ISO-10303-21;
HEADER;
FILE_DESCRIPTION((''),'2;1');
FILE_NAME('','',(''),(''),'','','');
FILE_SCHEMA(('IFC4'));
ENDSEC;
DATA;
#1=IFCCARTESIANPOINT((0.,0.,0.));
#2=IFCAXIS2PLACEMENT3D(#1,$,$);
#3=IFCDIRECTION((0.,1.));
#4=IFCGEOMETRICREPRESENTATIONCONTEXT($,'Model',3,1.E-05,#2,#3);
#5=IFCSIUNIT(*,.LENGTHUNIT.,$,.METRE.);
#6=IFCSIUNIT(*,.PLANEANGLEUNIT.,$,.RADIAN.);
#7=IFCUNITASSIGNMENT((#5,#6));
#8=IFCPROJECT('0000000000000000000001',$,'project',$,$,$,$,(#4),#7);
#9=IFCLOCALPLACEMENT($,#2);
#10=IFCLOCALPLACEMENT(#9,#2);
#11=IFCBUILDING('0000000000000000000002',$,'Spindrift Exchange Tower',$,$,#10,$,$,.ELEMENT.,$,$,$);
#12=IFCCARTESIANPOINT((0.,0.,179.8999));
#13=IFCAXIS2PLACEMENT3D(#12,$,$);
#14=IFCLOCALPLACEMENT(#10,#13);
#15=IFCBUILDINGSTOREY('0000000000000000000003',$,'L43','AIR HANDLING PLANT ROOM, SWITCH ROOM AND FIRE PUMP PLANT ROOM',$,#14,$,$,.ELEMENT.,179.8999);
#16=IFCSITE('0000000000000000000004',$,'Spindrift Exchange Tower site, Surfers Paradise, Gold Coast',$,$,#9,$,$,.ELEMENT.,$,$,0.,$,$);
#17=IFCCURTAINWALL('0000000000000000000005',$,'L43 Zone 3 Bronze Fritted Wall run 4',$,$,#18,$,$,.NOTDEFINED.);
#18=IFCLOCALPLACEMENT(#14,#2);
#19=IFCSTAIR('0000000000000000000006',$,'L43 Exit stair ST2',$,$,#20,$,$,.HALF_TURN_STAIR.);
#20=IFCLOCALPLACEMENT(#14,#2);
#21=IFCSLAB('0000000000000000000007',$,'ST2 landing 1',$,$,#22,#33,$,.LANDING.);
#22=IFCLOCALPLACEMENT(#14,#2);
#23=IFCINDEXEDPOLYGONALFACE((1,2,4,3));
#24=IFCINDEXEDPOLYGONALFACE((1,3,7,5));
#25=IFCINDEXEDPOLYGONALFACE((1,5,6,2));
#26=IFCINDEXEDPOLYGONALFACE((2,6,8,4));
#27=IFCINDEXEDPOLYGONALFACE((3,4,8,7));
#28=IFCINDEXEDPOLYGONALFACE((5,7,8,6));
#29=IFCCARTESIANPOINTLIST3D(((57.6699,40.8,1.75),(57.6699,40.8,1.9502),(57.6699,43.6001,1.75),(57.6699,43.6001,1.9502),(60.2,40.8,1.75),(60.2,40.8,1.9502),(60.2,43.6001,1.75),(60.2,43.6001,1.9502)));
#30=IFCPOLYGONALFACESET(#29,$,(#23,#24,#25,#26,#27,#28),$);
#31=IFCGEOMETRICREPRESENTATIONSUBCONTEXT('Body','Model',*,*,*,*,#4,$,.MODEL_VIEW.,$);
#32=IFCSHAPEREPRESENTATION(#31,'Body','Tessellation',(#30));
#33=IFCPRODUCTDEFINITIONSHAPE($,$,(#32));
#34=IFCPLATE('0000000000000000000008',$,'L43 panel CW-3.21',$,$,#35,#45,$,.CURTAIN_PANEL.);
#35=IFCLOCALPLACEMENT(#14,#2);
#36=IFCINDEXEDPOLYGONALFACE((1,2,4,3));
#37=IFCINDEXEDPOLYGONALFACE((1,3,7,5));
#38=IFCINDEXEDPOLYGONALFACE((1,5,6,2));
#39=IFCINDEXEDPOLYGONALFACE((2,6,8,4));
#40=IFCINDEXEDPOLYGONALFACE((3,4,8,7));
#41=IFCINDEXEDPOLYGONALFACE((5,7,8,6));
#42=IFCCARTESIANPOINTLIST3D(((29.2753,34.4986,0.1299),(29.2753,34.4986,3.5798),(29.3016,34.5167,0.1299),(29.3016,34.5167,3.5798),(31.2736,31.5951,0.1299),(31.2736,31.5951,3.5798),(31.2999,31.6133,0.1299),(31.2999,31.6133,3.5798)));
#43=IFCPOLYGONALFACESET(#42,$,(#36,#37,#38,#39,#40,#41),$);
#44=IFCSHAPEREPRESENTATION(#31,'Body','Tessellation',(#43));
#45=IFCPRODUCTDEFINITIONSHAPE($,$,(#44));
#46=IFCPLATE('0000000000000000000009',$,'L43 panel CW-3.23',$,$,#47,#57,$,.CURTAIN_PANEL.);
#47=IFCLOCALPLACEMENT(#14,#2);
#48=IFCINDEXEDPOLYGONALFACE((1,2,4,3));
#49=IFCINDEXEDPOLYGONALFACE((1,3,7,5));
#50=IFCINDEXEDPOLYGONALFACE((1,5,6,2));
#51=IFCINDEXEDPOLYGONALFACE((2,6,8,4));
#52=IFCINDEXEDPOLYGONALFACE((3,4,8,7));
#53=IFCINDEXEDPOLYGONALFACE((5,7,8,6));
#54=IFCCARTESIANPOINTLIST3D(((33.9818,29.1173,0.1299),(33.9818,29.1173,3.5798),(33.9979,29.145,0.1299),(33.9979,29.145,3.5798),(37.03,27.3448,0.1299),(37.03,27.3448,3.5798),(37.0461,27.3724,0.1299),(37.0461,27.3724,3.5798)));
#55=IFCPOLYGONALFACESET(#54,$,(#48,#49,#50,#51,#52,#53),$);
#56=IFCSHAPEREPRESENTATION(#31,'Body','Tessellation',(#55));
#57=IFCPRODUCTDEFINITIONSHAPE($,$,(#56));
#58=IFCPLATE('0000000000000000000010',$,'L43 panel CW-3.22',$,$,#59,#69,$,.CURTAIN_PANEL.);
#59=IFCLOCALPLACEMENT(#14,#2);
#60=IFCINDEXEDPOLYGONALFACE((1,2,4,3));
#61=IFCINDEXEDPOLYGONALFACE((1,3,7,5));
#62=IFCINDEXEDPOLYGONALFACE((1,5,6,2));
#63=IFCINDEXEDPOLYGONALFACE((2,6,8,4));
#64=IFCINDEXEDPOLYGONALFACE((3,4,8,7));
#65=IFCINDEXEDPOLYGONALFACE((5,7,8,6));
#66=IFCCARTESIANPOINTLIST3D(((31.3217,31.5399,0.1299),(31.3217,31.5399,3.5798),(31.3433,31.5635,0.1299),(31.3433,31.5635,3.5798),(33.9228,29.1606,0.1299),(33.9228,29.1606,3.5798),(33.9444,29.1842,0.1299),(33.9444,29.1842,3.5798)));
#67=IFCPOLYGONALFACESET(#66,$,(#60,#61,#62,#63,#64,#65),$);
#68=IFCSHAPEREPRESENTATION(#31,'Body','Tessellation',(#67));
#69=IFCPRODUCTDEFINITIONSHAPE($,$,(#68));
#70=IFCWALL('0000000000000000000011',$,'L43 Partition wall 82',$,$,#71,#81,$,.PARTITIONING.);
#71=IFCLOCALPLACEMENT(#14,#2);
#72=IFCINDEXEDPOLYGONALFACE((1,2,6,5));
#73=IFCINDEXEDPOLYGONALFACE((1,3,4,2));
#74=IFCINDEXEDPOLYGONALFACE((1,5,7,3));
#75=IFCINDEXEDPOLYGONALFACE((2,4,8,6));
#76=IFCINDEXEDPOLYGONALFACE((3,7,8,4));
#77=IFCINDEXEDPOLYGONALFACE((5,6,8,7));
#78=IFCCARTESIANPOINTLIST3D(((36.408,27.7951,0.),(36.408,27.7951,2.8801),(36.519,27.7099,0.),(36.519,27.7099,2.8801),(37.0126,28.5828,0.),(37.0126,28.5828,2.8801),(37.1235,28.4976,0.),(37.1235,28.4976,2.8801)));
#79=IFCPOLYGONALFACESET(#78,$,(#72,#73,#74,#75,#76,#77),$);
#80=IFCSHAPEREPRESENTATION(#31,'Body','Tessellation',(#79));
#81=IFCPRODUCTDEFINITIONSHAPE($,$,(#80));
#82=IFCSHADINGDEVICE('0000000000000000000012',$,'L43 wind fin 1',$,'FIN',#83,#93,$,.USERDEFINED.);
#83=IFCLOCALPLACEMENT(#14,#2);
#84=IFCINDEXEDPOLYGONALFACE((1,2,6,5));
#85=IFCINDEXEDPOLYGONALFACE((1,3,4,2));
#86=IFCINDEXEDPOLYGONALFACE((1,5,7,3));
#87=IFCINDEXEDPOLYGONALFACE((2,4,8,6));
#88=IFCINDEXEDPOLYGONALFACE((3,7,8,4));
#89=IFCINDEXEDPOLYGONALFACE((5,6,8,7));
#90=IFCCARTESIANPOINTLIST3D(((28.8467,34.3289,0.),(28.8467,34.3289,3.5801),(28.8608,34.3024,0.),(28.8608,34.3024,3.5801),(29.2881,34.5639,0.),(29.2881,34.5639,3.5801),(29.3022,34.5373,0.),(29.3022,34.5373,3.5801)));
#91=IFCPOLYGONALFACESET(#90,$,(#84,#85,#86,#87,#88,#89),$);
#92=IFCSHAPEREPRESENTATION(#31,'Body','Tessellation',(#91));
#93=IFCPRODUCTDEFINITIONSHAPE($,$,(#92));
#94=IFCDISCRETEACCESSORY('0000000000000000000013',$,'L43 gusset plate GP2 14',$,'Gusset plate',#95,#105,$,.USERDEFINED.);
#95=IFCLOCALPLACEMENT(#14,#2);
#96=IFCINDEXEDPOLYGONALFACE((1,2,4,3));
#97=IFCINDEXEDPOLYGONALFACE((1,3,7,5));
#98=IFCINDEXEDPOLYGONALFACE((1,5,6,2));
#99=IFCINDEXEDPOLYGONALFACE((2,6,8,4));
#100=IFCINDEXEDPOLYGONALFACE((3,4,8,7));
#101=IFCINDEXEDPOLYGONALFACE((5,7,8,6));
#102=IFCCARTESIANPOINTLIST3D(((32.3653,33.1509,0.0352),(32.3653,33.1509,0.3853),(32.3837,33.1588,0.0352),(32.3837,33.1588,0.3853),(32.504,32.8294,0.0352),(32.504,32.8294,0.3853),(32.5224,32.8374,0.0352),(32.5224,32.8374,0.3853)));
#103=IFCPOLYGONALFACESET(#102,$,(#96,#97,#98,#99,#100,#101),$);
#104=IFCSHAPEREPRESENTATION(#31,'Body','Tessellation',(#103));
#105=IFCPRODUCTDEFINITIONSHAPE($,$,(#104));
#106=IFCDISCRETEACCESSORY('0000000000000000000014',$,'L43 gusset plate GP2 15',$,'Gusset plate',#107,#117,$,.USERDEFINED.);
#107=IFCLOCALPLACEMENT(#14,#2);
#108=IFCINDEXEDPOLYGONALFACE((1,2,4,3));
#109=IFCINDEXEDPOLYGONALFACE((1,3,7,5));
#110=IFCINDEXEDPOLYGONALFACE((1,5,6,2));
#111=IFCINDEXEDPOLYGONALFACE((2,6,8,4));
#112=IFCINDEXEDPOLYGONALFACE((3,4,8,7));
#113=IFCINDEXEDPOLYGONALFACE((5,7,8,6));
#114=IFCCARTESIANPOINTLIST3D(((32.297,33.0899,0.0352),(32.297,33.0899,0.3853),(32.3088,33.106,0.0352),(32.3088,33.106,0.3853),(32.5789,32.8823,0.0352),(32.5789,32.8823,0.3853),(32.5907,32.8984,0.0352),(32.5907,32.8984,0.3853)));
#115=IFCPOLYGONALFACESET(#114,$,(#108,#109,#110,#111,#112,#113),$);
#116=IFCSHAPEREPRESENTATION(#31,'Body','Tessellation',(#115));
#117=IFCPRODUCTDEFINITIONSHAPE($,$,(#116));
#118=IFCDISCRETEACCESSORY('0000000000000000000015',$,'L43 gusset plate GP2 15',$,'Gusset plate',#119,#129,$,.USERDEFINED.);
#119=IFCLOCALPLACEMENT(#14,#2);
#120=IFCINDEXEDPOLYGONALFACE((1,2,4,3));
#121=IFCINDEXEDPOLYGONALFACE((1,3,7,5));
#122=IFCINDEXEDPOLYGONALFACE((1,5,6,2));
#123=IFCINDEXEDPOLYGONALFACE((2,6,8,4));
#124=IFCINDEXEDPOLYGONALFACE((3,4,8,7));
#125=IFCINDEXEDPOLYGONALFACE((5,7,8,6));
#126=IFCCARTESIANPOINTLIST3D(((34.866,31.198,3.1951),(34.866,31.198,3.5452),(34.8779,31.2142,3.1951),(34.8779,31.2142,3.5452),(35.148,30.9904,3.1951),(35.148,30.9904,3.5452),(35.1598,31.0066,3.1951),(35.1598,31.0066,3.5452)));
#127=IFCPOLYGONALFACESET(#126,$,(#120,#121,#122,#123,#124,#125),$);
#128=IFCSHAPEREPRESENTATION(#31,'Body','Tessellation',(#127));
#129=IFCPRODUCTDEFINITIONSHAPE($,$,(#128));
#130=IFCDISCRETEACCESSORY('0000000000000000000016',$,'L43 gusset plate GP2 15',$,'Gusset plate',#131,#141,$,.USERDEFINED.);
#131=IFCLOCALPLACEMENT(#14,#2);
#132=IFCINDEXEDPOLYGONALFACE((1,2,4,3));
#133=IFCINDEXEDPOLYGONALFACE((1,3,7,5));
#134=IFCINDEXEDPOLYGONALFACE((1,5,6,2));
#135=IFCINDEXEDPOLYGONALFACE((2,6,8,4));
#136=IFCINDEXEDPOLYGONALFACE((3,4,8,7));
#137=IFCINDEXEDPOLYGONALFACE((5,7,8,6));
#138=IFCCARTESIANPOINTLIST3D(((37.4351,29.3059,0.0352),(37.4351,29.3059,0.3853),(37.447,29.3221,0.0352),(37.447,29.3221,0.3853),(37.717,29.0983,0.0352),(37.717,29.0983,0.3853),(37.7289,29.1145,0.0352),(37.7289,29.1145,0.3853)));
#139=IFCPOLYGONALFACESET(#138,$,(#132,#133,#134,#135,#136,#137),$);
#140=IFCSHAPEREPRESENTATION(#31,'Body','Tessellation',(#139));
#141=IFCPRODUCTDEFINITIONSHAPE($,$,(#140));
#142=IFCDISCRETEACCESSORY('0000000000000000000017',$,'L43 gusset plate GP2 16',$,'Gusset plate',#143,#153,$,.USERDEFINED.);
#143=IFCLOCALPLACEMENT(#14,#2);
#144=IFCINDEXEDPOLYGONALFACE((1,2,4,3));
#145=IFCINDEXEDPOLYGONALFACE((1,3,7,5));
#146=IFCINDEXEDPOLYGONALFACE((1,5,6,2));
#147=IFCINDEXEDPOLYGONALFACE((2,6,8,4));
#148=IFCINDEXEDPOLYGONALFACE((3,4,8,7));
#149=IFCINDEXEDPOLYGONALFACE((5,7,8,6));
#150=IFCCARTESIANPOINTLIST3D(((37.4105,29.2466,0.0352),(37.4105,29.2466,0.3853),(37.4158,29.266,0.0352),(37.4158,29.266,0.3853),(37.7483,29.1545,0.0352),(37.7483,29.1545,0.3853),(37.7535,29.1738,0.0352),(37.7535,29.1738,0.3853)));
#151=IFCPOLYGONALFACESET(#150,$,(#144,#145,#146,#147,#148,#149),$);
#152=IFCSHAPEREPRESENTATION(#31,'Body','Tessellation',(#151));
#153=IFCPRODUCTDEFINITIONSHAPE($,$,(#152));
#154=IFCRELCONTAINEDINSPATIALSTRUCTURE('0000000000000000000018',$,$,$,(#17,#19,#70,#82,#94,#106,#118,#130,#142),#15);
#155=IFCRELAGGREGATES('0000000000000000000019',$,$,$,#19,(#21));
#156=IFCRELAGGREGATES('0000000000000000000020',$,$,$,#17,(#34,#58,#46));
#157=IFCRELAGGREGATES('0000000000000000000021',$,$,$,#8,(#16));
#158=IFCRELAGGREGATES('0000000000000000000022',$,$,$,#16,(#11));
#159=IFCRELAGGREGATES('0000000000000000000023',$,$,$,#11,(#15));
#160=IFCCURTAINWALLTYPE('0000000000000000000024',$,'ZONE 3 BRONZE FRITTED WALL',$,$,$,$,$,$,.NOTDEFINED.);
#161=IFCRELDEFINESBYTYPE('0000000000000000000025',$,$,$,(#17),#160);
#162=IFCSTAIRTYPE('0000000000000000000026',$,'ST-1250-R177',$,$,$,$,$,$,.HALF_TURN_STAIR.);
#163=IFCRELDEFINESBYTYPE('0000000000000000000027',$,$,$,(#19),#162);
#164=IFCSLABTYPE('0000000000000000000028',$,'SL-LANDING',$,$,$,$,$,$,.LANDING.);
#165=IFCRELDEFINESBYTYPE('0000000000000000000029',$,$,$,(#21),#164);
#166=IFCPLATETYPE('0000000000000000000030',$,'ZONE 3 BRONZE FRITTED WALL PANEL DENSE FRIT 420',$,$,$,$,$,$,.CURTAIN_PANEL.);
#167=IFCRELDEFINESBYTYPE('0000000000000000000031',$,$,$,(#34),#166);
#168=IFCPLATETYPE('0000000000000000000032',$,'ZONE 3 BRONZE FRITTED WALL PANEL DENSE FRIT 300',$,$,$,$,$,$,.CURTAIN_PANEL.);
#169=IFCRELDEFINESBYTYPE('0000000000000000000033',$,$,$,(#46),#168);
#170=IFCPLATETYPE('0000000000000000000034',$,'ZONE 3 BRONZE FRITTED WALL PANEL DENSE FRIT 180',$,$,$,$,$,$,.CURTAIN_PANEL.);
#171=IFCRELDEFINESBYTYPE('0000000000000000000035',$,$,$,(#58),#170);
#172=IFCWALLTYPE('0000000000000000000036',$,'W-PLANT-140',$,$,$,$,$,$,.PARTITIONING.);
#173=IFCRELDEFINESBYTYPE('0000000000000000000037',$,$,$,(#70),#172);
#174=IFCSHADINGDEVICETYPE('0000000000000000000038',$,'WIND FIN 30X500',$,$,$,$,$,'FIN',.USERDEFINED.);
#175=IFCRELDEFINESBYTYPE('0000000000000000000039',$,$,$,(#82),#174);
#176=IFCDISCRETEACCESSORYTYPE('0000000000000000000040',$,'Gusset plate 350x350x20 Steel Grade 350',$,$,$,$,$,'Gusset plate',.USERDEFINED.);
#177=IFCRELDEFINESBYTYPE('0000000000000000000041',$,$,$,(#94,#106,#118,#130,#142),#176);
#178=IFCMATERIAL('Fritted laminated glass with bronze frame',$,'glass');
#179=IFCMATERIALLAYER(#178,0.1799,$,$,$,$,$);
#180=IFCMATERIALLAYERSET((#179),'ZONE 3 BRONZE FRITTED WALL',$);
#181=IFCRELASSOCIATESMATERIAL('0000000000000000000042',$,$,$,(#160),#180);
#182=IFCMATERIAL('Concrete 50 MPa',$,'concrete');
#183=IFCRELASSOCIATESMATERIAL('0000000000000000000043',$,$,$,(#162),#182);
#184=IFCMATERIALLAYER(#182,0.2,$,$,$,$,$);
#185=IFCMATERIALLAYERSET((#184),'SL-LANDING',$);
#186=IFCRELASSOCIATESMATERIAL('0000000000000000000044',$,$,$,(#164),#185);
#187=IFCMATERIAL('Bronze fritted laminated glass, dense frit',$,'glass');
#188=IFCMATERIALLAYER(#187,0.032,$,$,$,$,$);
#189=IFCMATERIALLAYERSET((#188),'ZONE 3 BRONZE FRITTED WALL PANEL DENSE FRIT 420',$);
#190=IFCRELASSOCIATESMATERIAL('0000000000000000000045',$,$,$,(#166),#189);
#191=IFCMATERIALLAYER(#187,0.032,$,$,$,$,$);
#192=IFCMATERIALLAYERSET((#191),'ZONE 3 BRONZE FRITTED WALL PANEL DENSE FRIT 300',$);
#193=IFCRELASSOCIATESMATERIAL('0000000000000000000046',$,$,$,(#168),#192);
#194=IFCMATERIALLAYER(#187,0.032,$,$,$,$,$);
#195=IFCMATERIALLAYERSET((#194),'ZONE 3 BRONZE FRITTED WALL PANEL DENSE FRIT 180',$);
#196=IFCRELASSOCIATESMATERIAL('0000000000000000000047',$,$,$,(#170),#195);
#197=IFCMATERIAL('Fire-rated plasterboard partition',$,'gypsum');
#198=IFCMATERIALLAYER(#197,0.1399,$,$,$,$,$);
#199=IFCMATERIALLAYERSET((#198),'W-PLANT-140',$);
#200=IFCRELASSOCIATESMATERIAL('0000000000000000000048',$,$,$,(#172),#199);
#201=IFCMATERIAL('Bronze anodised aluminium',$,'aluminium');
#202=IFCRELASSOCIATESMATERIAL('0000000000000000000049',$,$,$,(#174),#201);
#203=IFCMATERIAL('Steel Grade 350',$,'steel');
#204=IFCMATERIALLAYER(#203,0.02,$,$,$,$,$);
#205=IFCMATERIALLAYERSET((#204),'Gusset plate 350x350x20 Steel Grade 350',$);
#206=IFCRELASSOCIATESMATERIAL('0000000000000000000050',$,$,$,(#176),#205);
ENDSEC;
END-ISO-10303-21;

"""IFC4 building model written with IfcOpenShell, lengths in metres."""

from ifc_helpers import new_model, si_unit, direction, frame, frame_2d, origin, origin_2d, place, context, subcontext, project, spatial, line, indexed_curve, rectangle, outline, extrude, source, transform, mapped, material, layer, layer_set, material_profile, profile_set, type_object, element, aggregate, save


model = new_model("IFC4")

# Units and contexts
model_context = context("Model", 3, precision=1e-05, world=origin(), true_north=direction((0.0, 1.0)))
body_context = subcontext(model_context, "Body", "Model", "MODEL_VIEW")
ifc_project = project(units=[si_unit("LENGTHUNIT", "METRE"), si_unit("PLANEANGLEUNIT", "RADIAN")], contexts=[model_context])

# Site, building, storey
site_placement = place(None, origin())
site = spatial("IfcSite", under=ifc_project, at=site_placement, Name="Spindrift Exchange Tower site, Surfers Paradise, Gold Coast", CompositionType="ELEMENT", RefElevation=0.0)
building_placement = place(site_placement, origin())
building = spatial("IfcBuilding", under=site, at=building_placement, Name="Spindrift Exchange Tower", CompositionType="ELEMENT")
storey_placement = place(building_placement, frame((0.0, 0.0, 179.8999)))
storey = spatial("IfcBuildingStorey", under=building, at=storey_placement, Name="L43", Description="AIR HANDLING PLANT ROOM, SWITCH ROOM AND FIRE PUMP PLANT ROOM", CompositionType="ELEMENT", Elevation=179.8999)

# Shared definitions
ifc_material_1 = material(Name="Concrete 50 MPa", Category="concrete")

# Shared definitions
ifc_material_2 = material(Name="Steel Grade 350", Category="steel")

# Curtain wall
ifc_material_3 = material(Name="Fritted laminated glass with bronze frame", Category="glass")
ifc_layer_1 = layer(ifc_material_3, 0.1799)
ifc_layer_set_1 = layer_set([ifc_layer_1], Name="ZONE 3 BRONZE FRITTED WALL")
curtain_wall_type = type_object("IfcCurtainWallType", Name="ZONE 3 BRONZE FRITTED WALL", PredefinedType="NOTDEFINED", material=ifc_layer_set_1)
curtain_wall_placement = place(storey_placement, origin())
curtain_wall = element("IfcCurtainWall", 1, at=curtain_wall_placement, inside=storey, type_object=curtain_wall_type, Name="L43 Zone 3 Bronze Fritted Wall run 4", PredefinedType="NOTDEFINED")
ifc_material_4 = material(Name="Bronze anodised aluminium", Category="aluminium")

# Stair, slab
stair_type = type_object("IfcStairType", Name="ST-1250-R177", PredefinedType="HALF_TURN_STAIR", material=ifc_material_1)
ifc_layer_2 = layer(ifc_material_1, 0.2)
ifc_layer_set_2 = layer_set([ifc_layer_2], Name="SL-LANDING")
slab_type_1 = type_object("IfcSlabType", Name="SL-LANDING", PredefinedType="LANDING", material=ifc_layer_set_2)
stair_1_placement = place(storey_placement, origin())
stair_1 = element("IfcStair", 2, at=stair_1_placement, inside=storey, type_object=stair_type, Name="L43 Exit stair ST2", PredefinedType="HALF_TURN_STAIR")
slab_1_placement = place(storey_placement, frame((0.0, 0.0, 1.75)))
slab_1 = element("IfcSlab", 3, at=slab_1_placement, type_object=slab_type_1, Name="ST2 landing 1", PredefinedType="LANDING", context=body_context, shape_type="SweptSolid", body=[
    extrude(outline(indexed_curve([(57.6699, 43.6001), (60.2, 43.6001), (60.2, 40.8), (57.6699, 40.8)], segments=[line(1, 2, 3, 4, 1)], self_intersect=False)), origin(), (0.0, 0.0, 1.0), 0.2002),
])
aggregate(stair_1, [slab_1])

# Plates
ifc_material_5 = material(Name="Bronze fritted laminated glass, dense frit", Category="glass")
ifc_layer_3 = layer(ifc_material_5, 0.032)
ifc_layer_set_3 = layer_set([ifc_layer_3], Name="ZONE 3 BRONZE FRITTED WALL PANEL DENSE FRIT 420")
plate_type_1 = type_object("IfcPlateType", Name="ZONE 3 BRONZE FRITTED WALL PANEL DENSE FRIT 420", PredefinedType="CURTAIN_PANEL", material=ifc_layer_set_3)
shared_shape_1 = source(origin(), body_context, "Body", "SweptSolid", [
    extrude(rectangle(XDim=3.5247, YDim=0.032, at=origin_2d()), origin(), (0.0, 0.0, 1.0), 3.45),
])
plate_1_placement = place(storey_placement, frame((30.2876, 33.0559, 0.1299), z_axis=(0.0, 0.0, 1.0), x_axis=(0.566953, -0.82375, 0.0)))
plate_1 = element("IfcPlate", 4, at=plate_1_placement, type_object=plate_type_1, Name="L43 panel CW-3.21", PredefinedType="CURTAIN_PANEL", context=body_context, shape_type="MappedRepresentation", body=[
    mapped(shared_shape_1, transform((0.0, 0.0, 0.0), scale=1.0)),
])
ifc_layer_4 = layer(ifc_material_5, 0.032)
ifc_layer_set_4 = layer_set([ifc_layer_4], Name="ZONE 3 BRONZE FRITTED WALL PANEL DENSE FRIT 300")
plate_type_2 = type_object("IfcPlateType", Name="ZONE 3 BRONZE FRITTED WALL PANEL DENSE FRIT 300", PredefinedType="CURTAIN_PANEL", material=ifc_layer_set_4)
shared_shape_2 = source(origin(), body_context, "Body", "SweptSolid", [
    extrude(rectangle(XDim=3.5261, YDim=0.032, at=origin_2d()), origin(), (0.0, 0.0, 1.0), 3.45),
])
plate_2_placement = place(storey_placement, frame((35.5139, 28.2449, 0.1299), z_axis=(0.0, 0.0, 1.0), x_axis=(0.864463, -0.502696, 0.0)))
plate_2 = element("IfcPlate", 5, at=plate_2_placement, type_object=plate_type_2, Name="L43 panel CW-3.23", PredefinedType="CURTAIN_PANEL", context=body_context, shape_type="MappedRepresentation", body=[
    mapped(shared_shape_2, transform((0.0, 0.0, 0.0), scale=1.0)),
])
ifc_layer_5 = layer(ifc_material_5, 0.032)
ifc_layer_set_5 = layer_set([ifc_layer_5], Name="ZONE 3 BRONZE FRITTED WALL PANEL DENSE FRIT 180")
plate_type_3 = type_object("IfcPlateType", Name="ZONE 3 BRONZE FRITTED WALL PANEL DENSE FRIT 180", PredefinedType="CURTAIN_PANEL", material=ifc_layer_set_5)
shared_shape_3 = source(origin(), body_context, "Body", "SweptSolid", [
    extrude(rectangle(XDim=3.5251, YDim=0.032, at=origin_2d()), origin(), (0.0, 0.0, 1.0), 3.45),
])
plate_3_placement = place(storey_placement, frame((32.6331, 30.3621, 0.1299), z_axis=(0.0, 0.0, 1.0), x_axis=(0.737878, -0.674934, 0.0)))
plate_3 = element("IfcPlate", 6, at=plate_3_placement, type_object=plate_type_3, Name="L43 panel CW-3.22", PredefinedType="CURTAIN_PANEL", context=body_context, shape_type="MappedRepresentation", body=[
    mapped(shared_shape_3, transform((0.0, 0.0, 0.0), scale=1.0)),
])
aggregate(curtain_wall, [plate_1, plate_3, plate_2])

# Wall
ifc_material_6 = material(Name="Fire-rated plasterboard partition", Category="gypsum")
ifc_layer_6 = layer(ifc_material_6, 0.1399)
ifc_layer_set_6 = layer_set([ifc_layer_6], Name="W-PLANT-140")
wall_type = type_object("IfcWallType", Name="W-PLANT-140", PredefinedType="PARTITIONING", material=ifc_layer_set_6)
wall_placement = place(storey_placement, frame((37.0681, 28.5403, 0.0), z_axis=(0.0, 0.0, 1.0), x_axis=(-0.608855, -0.793282, 0.0)))
element("IfcWall", 7, at=wall_placement, inside=storey, type_object=wall_type, Name="L43 Partition wall 82", PredefinedType="PARTITIONING", context=body_context, shape_type="SweptSolid", body=[
    extrude(rectangle(XDim=0.9929, YDim=0.1399, at=frame_2d((0.4966, 0.0))), origin(), (0.0, 0.0, 1.0), 2.8801),
])

# Shading device
ifc_material_profile_1 = material_profile(ifc_material_4, rectangle(XDim=0.03, YDim=0.5, at=origin_2d()), Name="WIND FIN 30X500")
ifc_profile_set_1 = profile_set([ifc_material_profile_1], Name="Bronze anodised aluminium")
shading_device_type = type_object("IfcShadingDeviceType", Name="WIND FIN 30X500", ElementType="FIN", PredefinedType="USERDEFINED", material=ifc_profile_set_1)
shared_shape_4 = source(origin(), body_context, "Body", "SweptSolid", [
    extrude(rectangle(XDim=0.03, YDim=0.5, at=origin_2d()), origin(), (0.0, 0.0, 1.0), 3.5801),
])
shading_device_placement = place(storey_placement, frame((29.0745, 34.4331, 0.0), z_axis=(0.0, 0.0, 1.0), x_axis=(0.469975, -0.88268, 0.0)))
element("IfcShadingDevice", 8, at=shading_device_placement, inside=storey, type_object=shading_device_type, Name="L43 wind fin 1", ObjectType="FIN", PredefinedType="USERDEFINED", context=body_context, shape_type="MappedRepresentation", body=[
    mapped(shared_shape_4, transform((0.0, 0.0, 0.0), scale=1.0)),
])

# Discrete accessories
ifc_layer_7 = layer(ifc_material_2, 0.02)
ifc_layer_set_7 = layer_set([ifc_layer_7], Name="Gusset plate 350x350x20 Steel Grade 350")
discrete_accessory_type = type_object("IfcDiscreteAccessoryType", Name="Gusset plate 350x350x20 Steel Grade 350", ElementType="Gusset plate", PredefinedType="USERDEFINED", material=ifc_layer_set_7)
shared_shape_5 = source(origin(), body_context, "Body", "SweptSolid", [
    extrude(rectangle(XDim=0.3501, YDim=0.02, at=origin_2d()), origin(), (0.0, 0.0, 1.0), 0.3501),
])
for number, where, z_axis, x_axis, name in (
    (9, (32.4438, 32.9941, 0.0352), (0.0, 0.0, 1.0), (0.395957, -0.918269, 0.0), "L43 gusset plate GP2 14"),
    (10, (32.4438, 32.9941, 0.0352), (0.0, 0.0, 1.0), (0.805234, -0.592957, 0.0), "L43 gusset plate GP2 15"),
    (11, (35.0129, 31.1023, 3.1951), (0.0, 0.0, 1.0), (0.805234, -0.592957, 0.0), "L43 gusset plate GP2 15"),
    (12, (37.582, 29.2102, 0.0352), (0.0, 0.0, 1.0), (0.805209, -0.592992, 0.0), "L43 gusset plate GP2 15"),
    (13, (37.582, 29.2102, 0.0352), (0.0, 0.0, 1.0), (0.964712, -0.263309, 0.0), "L43 gusset plate GP2 16"),
):
    element("IfcDiscreteAccessory", number, at=place(storey_placement, frame(where, z_axis=z_axis, x_axis=x_axis)), inside=storey, type_object=discrete_accessory_type, Name=name, ObjectType="Gusset plate", PredefinedType="USERDEFINED", context=body_context, shape_type="MappedRepresentation", body=[
        mapped(shared_shape_5, transform((0.0, 0.0, 0.0), scale=1.0)),
    ])

save(model, "model.ifc")
